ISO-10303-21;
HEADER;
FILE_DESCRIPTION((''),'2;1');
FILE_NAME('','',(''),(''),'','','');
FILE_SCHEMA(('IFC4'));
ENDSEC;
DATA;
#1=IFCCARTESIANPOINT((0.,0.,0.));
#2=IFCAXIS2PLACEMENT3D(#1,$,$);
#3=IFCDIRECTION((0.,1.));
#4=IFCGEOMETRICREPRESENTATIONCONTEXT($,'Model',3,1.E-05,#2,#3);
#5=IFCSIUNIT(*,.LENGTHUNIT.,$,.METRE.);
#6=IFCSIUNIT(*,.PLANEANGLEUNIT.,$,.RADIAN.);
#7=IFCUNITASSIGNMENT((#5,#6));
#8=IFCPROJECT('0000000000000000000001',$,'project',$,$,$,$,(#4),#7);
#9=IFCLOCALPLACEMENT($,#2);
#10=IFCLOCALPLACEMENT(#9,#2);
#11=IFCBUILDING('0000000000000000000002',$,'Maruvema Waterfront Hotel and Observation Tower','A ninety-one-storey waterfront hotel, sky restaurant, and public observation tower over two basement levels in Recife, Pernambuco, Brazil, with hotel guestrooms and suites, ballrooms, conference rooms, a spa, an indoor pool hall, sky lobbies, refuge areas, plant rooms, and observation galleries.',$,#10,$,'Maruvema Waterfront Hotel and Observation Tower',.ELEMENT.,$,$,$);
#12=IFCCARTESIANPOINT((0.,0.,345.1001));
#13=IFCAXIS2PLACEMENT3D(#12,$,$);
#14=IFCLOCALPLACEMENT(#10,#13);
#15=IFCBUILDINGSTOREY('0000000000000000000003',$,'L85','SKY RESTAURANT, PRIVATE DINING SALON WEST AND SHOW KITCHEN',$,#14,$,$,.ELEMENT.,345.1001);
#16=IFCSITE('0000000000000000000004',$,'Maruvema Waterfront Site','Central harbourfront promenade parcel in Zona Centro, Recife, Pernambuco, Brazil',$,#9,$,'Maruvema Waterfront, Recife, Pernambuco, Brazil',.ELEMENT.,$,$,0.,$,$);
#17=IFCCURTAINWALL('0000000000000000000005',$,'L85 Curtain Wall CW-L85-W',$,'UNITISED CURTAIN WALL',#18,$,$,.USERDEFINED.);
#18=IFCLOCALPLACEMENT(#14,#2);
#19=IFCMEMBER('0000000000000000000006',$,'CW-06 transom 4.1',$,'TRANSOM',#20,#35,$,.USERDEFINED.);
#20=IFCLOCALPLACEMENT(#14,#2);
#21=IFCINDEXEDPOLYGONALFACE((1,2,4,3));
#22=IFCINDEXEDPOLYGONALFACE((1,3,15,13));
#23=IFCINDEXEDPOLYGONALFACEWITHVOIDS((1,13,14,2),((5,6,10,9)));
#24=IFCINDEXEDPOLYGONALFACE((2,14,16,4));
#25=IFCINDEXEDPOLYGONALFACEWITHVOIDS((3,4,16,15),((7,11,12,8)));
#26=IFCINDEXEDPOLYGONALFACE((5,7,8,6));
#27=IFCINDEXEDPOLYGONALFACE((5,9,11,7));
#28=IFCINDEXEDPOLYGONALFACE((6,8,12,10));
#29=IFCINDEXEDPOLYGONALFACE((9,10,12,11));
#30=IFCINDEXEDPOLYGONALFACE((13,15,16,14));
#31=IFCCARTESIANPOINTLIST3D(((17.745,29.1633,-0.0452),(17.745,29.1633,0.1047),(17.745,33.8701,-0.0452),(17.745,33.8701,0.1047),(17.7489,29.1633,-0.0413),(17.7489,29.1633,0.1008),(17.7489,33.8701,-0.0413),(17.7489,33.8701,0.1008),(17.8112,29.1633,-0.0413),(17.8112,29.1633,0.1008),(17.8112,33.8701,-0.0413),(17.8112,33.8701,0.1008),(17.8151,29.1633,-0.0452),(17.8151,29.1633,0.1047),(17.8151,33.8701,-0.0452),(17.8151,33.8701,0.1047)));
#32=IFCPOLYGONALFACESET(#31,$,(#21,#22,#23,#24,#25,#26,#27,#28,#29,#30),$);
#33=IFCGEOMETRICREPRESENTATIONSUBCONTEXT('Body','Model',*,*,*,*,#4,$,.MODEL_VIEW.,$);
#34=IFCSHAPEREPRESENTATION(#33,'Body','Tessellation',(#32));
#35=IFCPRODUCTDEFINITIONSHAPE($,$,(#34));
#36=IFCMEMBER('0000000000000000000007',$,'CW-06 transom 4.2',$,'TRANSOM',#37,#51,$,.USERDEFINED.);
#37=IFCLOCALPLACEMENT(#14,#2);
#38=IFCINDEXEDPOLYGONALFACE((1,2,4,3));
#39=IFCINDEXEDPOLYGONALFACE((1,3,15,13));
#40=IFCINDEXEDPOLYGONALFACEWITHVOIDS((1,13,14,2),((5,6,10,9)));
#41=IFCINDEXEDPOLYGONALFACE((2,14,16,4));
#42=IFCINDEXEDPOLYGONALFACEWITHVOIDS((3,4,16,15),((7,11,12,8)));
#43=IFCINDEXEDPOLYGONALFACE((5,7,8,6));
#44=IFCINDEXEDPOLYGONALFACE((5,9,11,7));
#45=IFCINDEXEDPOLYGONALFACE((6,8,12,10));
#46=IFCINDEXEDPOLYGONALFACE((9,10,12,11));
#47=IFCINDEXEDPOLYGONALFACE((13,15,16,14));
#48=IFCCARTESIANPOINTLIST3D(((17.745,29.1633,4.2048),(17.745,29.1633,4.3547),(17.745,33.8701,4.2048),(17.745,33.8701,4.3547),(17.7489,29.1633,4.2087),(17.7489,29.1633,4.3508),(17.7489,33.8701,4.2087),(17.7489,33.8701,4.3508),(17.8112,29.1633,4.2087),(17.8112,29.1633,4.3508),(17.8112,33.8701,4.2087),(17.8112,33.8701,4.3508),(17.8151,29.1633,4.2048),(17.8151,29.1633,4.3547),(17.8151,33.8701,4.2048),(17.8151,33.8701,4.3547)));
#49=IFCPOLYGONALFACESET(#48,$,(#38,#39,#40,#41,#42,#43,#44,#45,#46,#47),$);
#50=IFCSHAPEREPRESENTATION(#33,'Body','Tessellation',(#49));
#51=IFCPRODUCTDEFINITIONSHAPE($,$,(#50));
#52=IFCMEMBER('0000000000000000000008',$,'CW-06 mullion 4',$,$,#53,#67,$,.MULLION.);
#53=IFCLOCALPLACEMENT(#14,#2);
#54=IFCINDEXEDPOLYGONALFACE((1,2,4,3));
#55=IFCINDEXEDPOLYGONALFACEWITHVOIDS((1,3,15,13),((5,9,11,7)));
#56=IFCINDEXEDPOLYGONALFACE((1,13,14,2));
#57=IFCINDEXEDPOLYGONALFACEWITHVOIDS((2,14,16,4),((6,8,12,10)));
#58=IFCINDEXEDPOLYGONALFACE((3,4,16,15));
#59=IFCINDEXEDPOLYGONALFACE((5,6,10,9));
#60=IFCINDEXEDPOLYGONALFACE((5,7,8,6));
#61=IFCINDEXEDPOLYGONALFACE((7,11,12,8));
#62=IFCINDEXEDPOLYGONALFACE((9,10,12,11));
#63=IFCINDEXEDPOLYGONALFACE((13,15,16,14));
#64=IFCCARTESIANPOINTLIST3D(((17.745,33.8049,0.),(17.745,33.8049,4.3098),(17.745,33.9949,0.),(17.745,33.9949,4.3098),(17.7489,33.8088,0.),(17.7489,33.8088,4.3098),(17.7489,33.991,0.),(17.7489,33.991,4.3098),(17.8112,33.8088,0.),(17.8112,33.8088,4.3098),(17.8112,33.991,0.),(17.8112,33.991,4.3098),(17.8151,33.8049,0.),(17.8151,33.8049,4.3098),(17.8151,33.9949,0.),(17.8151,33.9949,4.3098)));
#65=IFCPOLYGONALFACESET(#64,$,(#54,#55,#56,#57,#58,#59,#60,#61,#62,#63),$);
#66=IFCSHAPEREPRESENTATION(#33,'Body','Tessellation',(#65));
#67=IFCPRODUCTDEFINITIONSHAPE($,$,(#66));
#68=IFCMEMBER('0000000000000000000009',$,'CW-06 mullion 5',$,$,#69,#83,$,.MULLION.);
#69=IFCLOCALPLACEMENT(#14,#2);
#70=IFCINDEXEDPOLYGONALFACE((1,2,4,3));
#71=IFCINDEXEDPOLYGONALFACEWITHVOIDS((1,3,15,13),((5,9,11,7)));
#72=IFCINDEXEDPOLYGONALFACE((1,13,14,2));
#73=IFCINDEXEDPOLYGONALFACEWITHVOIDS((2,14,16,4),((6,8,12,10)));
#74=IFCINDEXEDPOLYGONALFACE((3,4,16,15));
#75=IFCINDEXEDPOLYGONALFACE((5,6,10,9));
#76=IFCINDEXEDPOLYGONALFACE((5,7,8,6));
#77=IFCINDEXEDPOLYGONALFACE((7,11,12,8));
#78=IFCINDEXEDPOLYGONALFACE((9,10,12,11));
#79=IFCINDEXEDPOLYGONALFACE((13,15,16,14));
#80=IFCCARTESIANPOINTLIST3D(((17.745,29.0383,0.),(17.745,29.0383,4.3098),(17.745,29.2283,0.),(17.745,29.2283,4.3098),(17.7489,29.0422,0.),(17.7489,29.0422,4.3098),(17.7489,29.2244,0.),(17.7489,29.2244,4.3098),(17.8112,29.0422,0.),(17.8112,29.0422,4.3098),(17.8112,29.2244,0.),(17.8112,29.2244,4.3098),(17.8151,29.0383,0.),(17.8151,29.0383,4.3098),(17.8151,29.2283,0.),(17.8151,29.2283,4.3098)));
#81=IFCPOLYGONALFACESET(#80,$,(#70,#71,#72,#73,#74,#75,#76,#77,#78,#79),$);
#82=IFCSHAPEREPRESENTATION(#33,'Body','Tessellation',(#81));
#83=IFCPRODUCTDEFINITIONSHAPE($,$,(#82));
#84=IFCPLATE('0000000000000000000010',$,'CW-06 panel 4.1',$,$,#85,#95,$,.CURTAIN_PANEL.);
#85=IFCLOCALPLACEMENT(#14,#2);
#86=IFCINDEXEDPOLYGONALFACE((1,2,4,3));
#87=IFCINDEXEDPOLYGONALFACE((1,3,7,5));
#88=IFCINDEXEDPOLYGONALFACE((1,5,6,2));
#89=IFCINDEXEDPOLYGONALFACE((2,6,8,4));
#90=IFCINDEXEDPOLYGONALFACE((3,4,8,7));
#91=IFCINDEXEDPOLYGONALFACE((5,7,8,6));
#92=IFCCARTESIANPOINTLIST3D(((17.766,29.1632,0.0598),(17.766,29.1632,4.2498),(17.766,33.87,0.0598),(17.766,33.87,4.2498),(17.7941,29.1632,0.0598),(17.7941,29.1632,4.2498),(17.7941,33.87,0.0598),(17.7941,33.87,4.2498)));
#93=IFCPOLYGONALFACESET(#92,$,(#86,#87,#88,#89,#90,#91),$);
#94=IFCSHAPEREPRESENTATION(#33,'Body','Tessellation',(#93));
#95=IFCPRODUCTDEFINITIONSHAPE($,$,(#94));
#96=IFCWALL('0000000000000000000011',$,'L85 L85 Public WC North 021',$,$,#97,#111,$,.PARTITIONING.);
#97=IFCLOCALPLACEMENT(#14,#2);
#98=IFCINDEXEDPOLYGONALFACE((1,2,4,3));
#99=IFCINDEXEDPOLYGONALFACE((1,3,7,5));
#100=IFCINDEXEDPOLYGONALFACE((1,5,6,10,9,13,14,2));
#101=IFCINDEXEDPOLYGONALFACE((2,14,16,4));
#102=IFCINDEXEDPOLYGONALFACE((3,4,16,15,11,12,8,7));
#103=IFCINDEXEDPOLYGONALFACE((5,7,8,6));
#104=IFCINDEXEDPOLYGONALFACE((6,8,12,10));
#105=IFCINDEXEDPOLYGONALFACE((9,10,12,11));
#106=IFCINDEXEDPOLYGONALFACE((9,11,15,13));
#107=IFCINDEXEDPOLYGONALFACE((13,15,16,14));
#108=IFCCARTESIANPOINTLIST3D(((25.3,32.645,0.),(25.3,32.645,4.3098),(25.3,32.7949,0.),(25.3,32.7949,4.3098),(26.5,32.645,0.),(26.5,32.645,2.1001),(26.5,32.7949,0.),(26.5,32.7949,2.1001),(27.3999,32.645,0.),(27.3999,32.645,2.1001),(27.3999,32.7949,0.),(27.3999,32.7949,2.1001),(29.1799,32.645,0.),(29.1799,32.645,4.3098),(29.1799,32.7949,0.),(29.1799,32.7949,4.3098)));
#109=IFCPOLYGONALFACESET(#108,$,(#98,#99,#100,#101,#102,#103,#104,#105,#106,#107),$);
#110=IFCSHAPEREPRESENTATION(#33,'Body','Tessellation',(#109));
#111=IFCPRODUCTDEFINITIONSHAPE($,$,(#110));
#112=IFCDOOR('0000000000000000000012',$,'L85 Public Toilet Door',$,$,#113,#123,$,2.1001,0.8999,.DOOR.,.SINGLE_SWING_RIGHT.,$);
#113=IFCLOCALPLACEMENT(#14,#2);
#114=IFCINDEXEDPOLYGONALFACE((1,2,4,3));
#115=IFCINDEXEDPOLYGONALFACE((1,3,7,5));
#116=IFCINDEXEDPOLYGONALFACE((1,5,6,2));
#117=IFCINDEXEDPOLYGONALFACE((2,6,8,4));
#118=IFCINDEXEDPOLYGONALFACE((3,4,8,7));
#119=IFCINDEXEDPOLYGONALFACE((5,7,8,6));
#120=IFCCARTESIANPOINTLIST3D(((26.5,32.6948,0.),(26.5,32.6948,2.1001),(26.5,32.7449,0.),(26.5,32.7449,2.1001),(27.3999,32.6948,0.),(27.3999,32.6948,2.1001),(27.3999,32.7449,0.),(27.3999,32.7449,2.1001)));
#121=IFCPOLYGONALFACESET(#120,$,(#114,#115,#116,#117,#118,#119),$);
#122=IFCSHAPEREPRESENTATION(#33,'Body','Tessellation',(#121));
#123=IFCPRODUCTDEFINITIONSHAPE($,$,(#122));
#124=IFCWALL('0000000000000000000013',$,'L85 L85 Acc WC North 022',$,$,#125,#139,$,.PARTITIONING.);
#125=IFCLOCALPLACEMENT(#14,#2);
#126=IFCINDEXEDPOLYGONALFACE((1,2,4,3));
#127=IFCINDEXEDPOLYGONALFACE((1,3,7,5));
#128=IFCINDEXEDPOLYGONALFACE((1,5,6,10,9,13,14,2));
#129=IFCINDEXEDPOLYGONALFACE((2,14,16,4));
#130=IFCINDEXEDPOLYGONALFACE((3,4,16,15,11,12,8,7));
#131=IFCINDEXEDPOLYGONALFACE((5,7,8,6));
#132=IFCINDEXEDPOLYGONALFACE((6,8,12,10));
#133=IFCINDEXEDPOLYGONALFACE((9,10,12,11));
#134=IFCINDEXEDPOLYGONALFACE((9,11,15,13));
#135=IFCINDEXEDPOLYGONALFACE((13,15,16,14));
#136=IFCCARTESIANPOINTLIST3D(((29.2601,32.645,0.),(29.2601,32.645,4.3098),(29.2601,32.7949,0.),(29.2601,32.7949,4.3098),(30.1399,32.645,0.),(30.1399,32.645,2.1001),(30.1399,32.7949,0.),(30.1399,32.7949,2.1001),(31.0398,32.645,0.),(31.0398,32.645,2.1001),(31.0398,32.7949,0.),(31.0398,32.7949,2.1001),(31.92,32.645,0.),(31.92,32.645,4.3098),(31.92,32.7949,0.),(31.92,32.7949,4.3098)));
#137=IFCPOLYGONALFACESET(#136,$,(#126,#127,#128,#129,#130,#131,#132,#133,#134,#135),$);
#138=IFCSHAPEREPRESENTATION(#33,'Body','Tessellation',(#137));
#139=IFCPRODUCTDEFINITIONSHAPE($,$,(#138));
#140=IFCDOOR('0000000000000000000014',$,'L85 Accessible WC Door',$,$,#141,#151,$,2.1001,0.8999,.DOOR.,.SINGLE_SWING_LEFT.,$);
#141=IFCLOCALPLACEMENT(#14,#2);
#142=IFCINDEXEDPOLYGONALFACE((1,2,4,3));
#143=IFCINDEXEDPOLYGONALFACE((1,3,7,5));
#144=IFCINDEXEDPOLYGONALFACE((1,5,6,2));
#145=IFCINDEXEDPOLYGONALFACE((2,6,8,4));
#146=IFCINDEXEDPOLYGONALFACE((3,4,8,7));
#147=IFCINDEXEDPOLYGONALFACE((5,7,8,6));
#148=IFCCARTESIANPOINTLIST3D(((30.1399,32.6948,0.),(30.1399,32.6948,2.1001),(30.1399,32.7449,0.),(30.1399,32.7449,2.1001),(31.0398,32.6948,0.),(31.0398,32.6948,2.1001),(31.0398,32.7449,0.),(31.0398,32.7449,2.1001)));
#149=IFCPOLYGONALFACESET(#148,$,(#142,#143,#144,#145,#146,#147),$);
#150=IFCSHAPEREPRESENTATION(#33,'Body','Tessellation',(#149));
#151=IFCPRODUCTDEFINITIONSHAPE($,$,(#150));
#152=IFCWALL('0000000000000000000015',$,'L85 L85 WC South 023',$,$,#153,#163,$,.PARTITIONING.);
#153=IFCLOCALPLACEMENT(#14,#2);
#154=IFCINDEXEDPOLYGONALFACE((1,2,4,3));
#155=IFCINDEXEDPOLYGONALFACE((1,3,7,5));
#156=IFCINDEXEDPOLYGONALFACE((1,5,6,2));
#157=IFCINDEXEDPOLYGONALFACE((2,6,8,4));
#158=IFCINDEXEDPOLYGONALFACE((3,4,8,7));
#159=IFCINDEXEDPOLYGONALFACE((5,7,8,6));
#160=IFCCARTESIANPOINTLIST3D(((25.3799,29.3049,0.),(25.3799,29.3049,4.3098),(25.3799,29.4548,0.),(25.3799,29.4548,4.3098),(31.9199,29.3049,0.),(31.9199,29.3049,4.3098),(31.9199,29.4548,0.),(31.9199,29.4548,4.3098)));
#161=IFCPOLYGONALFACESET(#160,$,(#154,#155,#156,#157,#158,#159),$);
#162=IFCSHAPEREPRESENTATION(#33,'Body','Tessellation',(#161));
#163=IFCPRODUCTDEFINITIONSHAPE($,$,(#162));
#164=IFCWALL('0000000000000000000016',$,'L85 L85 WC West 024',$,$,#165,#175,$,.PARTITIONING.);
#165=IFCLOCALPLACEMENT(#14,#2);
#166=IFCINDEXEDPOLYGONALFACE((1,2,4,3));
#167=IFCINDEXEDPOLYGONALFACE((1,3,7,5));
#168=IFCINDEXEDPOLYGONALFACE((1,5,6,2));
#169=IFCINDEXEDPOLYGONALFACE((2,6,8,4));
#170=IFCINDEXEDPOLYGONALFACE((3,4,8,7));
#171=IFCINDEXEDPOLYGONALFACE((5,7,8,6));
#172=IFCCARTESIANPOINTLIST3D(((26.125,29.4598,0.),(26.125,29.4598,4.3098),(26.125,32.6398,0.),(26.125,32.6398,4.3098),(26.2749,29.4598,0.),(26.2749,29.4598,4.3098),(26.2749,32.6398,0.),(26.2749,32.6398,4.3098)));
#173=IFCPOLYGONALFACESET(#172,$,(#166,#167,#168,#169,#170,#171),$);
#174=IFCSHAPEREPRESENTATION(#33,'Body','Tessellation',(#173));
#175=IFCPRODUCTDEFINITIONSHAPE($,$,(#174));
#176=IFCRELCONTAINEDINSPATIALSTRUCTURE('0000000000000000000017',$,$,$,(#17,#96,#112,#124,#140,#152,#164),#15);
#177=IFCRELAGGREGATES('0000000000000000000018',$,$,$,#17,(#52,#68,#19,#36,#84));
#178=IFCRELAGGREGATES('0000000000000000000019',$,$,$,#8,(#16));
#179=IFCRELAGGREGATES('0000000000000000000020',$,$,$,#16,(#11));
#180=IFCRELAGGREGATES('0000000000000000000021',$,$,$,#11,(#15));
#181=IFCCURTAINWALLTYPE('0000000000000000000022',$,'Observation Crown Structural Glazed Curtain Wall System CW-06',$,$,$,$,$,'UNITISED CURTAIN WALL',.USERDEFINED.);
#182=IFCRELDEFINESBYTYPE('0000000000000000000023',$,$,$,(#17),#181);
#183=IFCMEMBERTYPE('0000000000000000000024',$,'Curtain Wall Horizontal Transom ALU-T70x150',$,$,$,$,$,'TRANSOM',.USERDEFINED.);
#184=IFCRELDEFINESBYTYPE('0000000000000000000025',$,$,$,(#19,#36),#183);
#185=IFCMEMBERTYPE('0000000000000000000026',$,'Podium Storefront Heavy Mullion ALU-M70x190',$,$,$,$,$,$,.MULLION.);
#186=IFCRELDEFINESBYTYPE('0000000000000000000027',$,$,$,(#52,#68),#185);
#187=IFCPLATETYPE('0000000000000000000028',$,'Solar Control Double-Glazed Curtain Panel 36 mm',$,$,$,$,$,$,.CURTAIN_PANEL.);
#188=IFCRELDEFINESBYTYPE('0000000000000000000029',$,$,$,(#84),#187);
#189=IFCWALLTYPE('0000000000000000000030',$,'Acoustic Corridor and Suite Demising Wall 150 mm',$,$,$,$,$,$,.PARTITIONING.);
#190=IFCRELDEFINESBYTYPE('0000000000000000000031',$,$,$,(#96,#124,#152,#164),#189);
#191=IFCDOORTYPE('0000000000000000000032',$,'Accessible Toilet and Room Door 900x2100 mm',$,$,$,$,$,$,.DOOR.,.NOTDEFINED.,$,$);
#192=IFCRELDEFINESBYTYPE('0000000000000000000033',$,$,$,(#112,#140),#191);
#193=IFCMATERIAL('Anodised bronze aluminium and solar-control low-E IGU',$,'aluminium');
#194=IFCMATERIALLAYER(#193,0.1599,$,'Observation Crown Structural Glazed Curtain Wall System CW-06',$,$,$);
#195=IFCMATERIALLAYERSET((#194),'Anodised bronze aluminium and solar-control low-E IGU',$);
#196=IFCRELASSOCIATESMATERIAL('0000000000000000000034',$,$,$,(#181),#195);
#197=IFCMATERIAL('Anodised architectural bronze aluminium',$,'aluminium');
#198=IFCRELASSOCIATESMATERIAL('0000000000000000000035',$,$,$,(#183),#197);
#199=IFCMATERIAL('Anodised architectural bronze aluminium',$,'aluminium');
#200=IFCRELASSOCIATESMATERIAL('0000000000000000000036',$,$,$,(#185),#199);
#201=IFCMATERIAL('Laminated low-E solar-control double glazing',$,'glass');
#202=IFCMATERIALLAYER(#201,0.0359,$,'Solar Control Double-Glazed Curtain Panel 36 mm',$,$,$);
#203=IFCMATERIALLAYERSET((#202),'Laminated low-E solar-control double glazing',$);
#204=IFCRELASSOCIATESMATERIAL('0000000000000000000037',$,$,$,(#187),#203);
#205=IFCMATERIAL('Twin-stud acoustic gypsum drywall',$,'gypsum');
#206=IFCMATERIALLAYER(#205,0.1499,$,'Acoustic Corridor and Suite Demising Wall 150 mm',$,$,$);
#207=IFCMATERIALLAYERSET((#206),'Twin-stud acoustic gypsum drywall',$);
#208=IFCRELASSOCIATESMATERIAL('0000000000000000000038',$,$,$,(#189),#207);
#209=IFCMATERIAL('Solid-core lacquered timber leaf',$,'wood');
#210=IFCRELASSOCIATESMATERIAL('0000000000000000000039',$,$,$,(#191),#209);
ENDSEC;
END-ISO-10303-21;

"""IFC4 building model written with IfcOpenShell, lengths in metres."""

from ifc_helpers import new_model, si_unit, direction, frame, frame_2d, origin, origin_2d, place, context, subcontext, project, spatial, rectangle, hollow_rectangle, extrude, material, layer, layer_set, material_profile, profile_set, type_object, element, fill, aggregate, save


model = new_model("IFC4")

# Units and contexts
model_context = context("Model", 3, precision=1e-05, world=origin(), true_north=direction((0.0, 1.0)))
body_context = subcontext(model_context, "Body", "Model", "MODEL_VIEW")
ifc_project = project(units=[si_unit("LENGTHUNIT", "METRE"), si_unit("PLANEANGLEUNIT", "RADIAN")], contexts=[model_context])

# Site, building, storey
site_placement = place(None, origin())
site = spatial("IfcSite", under=ifc_project, at=site_placement, Name="Maruvema Waterfront Site", Description="Central harbourfront promenade parcel in Zona Centro, Recife, Pernambuco, Brazil", LongName="Maruvema Waterfront, Recife, Pernambuco, Brazil", CompositionType="ELEMENT", RefElevation=0.0)
building_placement = place(site_placement, origin())
building = spatial("IfcBuilding", under=site, at=building_placement, Name="Maruvema Waterfront Hotel and Observation Tower", Description="A ninety-one-storey waterfront hotel, sky restaurant, and public observation tower over two basement levels in Recife, Pernambuco, Brazil, with hotel guestrooms and suites, ballrooms, conference rooms, a spa, an indoor pool hall, sky lobbies, refuge areas, plant rooms, and observation galleries.", LongName="Maruvema Waterfront Hotel and Observation Tower", CompositionType="ELEMENT")
storey_placement = place(building_placement, frame((0.0, 0.0, 345.1001)))
storey = spatial("IfcBuildingStorey", under=building, at=storey_placement, Name="L85", Description="SKY RESTAURANT, PRIVATE DINING SALON WEST AND SHOW KITCHEN", CompositionType="ELEMENT", Elevation=345.1001)

# Curtain wall, members, plate
ifc_material_1 = material(Name="Anodised bronze aluminium and solar-control low-E IGU", Category="aluminium")
ifc_layer_1 = layer(ifc_material_1, 0.1599, Name="Observation Crown Structural Glazed Curtain Wall System CW-06")
ifc_layer_set_1 = layer_set([ifc_layer_1], Name="Anodised bronze aluminium and solar-control low-E IGU")
curtain_wall_type = type_object("IfcCurtainWallType", Name="Observation Crown Structural Glazed Curtain Wall System CW-06", ElementType="UNITISED CURTAIN WALL", PredefinedType="USERDEFINED", material=ifc_layer_set_1)
curtain_wall_placement = place(storey_placement, origin())
curtain_wall = element("IfcCurtainWall", 1, at=curtain_wall_placement, inside=storey, type_object=curtain_wall_type, Name="L85 Curtain Wall CW-L85-W", ObjectType="UNITISED CURTAIN WALL", PredefinedType="USERDEFINED")
ifc_material_2 = material(Name="Anodised architectural bronze aluminium", Category="aluminium")
ifc_material_profile_1 = material_profile(ifc_material_2, hollow_rectangle(XDim=0.0701, YDim=0.1499, WallThickness=0.0039, at=origin_2d()), Name="ALU-T70x150")
ifc_profile_set_1 = profile_set([ifc_material_profile_1], Name="Anodised architectural bronze aluminium")
member_type_1 = type_object("IfcMemberType", Name="Curtain Wall Horizontal Transom ALU-T70x150", ElementType="TRANSOM", PredefinedType="USERDEFINED", material=ifc_profile_set_1)
member_1_placement = place(storey_placement, frame((17.78, 33.8701, 0.0298), z_axis=(0.0, -1.0, 0.0), x_axis=(1.0, 0.0, 0.0)))
member_1 = element("IfcMember", 2, at=member_1_placement, type_object=member_type_1, Name="CW-06 transom 4.1", ObjectType="TRANSOM", PredefinedType="USERDEFINED", context=body_context, shape_type="SweptSolid", body=[
    extrude(hollow_rectangle(XDim=0.0701, YDim=0.1499, WallThickness=0.0039, at=origin_2d()), origin(), (0.0, 0.0, 1.0), 4.7068),
])
member_2_placement = place(storey_placement, frame((17.78, 33.8701, 4.2798), z_axis=(0.0, -1.0, 0.0), x_axis=(1.0, 0.0, 0.0)))
member_2 = element("IfcMember", 3, at=member_2_placement, type_object=member_type_1, Name="CW-06 transom 4.2", ObjectType="TRANSOM", PredefinedType="USERDEFINED", context=body_context, shape_type="SweptSolid", body=[
    extrude(hollow_rectangle(XDim=0.0701, YDim=0.1499, WallThickness=0.0039, at=origin_2d()), origin(), (0.0, 0.0, 1.0), 4.7068),
])
ifc_material_3 = material(Name="Anodised architectural bronze aluminium", Category="aluminium")
ifc_material_profile_2 = material_profile(ifc_material_3, hollow_rectangle(XDim=0.0701, YDim=0.1899, WallThickness=0.0039, at=origin_2d()), Name="ALU-M70x190")
ifc_profile_set_2 = profile_set([ifc_material_profile_2], Name="Anodised architectural bronze aluminium")
member_type_2 = type_object("IfcMemberType", Name="Podium Storefront Heavy Mullion ALU-M70x190", PredefinedType="MULLION", material=ifc_profile_set_2)
member_3_placement = place(storey_placement, frame((17.78, 33.8999, 0.0), z_axis=(0.0, 0.0, 1.0), x_axis=(1.0, 0.0, 0.0)))
member_3 = element("IfcMember", 4, at=member_3_placement, type_object=member_type_2, Name="CW-06 mullion 4", PredefinedType="MULLION", context=body_context, shape_type="SweptSolid", body=[
    extrude(hollow_rectangle(XDim=0.0701, YDim=0.1899, WallThickness=0.0039, at=origin_2d()), origin(), (0.0, 0.0, 1.0), 4.3098),
])
member_4_placement = place(storey_placement, frame((17.78, 29.1333, 0.0), z_axis=(0.0, 0.0, 1.0), x_axis=(1.0, 0.0, 0.0)))
member_4 = element("IfcMember", 5, at=member_4_placement, type_object=member_type_2, Name="CW-06 mullion 5", PredefinedType="MULLION", context=body_context, shape_type="SweptSolid", body=[
    extrude(hollow_rectangle(XDim=0.0701, YDim=0.1899, WallThickness=0.0039, at=origin_2d()), origin(), (0.0, 0.0, 1.0), 4.3098),
])
ifc_material_4 = material(Name="Laminated low-E solar-control double glazing", Category="glass")
ifc_layer_2 = layer(ifc_material_4, 0.0359, Name="Solar Control Double-Glazed Curtain Panel 36 mm")
ifc_layer_set_2 = layer_set([ifc_layer_2], Name="Laminated low-E solar-control double glazing")
plate_type = type_object("IfcPlateType", Name="Solar Control Double-Glazed Curtain Panel 36 mm", PredefinedType="CURTAIN_PANEL", material=ifc_layer_set_2)
plate_placement = place(storey_placement, frame((17.78, 31.5166, 0.0598), z_axis=(0.0, 0.0, 1.0), x_axis=(0.0, -1.0, 0.0)))
plate = element("IfcPlate", 6, at=plate_placement, type_object=plate_type, Name="CW-06 panel 4.1", PredefinedType="CURTAIN_PANEL", context=body_context, shape_type="SweptSolid", body=[
    extrude(rectangle(XDim=4.7068, YDim=0.0281, at=origin_2d()), origin(), (0.0, 0.0, 1.0), 4.1899),
])
aggregate(curtain_wall, [member_3, member_4, member_1, member_2, plate])

# Walls, openings, doors
ifc_material_5 = material(Name="Twin-stud acoustic gypsum drywall", Category="gypsum")
ifc_layer_3 = layer(ifc_material_5, 0.1499, Name="Acoustic Corridor and Suite Demising Wall 150 mm")
ifc_layer_set_3 = layer_set([ifc_layer_3], Name="Twin-stud acoustic gypsum drywall")
wall_type_1 = type_object("IfcWallType", Name="Acoustic Corridor and Suite Demising Wall 150 mm", PredefinedType="PARTITIONING", material=ifc_layer_set_3)
wall_1_placement = place(storey_placement, frame((25.3, 32.72, 0.0), z_axis=(0.0, 0.0, 1.0), x_axis=(1.0, 0.0, 0.0)))
wall_1 = element("IfcWall", 7, at=wall_1_placement, inside=storey, type_object=wall_type_1, Name="L85 L85 Public WC North 021", PredefinedType="PARTITIONING", context=body_context, shape_type="SweptSolid", body=[
    extrude(rectangle(XDim=3.8799, YDim=0.1499, at=frame_2d((1.9399, 0.0))), origin(), (0.0, 0.0, 1.0), 4.3098),
])
opening_1_placement = place(wall_1_placement, frame((1.2, 0.0, 0.0)))
opening_1 = element("IfcOpeningElement", 8, at=opening_1_placement, cuts=wall_1, PredefinedType="OPENING", context=body_context, shape_type="SweptSolid", body=[
    extrude(rectangle(XDim=0.8999, YDim=2.1001, at=frame_2d((0.45, 1.05))), frame((0.0, 0.085, 0.0), z_axis=(0.0, -1.0, 0.0), x_axis=(1.0, 0.0, 0.0)), (0.0, 0.0, 1.0), 0.1699),
])
ifc_material_6 = material(Name="Solid-core lacquered timber leaf", Category="wood")
door_type_1 = type_object("IfcDoorType", Name="Accessible Toilet and Room Door 900x2100 mm", OperationType="NOTDEFINED", PredefinedType="DOOR", material=ifc_material_6)
door_1_placement = place(opening_1_placement, origin())
door_1 = element("IfcDoor", 9, at=door_1_placement, inside=storey, type_object=door_type_1, Name="L85 Public Toilet Door", OperationType="SINGLE_SWING_RIGHT", OverallHeight=2.1001, OverallWidth=0.8999, PredefinedType="DOOR", context=body_context, shape_type="SweptSolid", body=[
    extrude(rectangle(XDim=0.8999, YDim=2.1001, at=frame_2d((0.45, 1.05))), frame((0.0, 0.0249, 0.0), z_axis=(0.0, -1.0, 0.0), x_axis=(1.0, 0.0, 0.0)), (0.0, 0.0, 1.0), 0.05),
])
fill(opening_1, door_1)
wall_2_placement = place(storey_placement, frame((29.26, 32.72, 0.0), z_axis=(0.0, 0.0, 1.0), x_axis=(1.0, 0.0, 0.0)))
wall_2 = element("IfcWall", 10, at=wall_2_placement, inside=storey, type_object=wall_type_1, Name="L85 L85 Acc WC North 022", PredefinedType="PARTITIONING", context=body_context, shape_type="SweptSolid", body=[
    extrude(rectangle(XDim=2.6599, YDim=0.1499, at=frame_2d((1.3301, 0.0))), origin(), (0.0, 0.0, 1.0), 4.3098),
])
opening_2_placement = place(wall_2_placement, frame((0.8799, 0.0, 0.0)))
opening_2 = element("IfcOpeningElement", 11, at=opening_2_placement, cuts=wall_2, PredefinedType="OPENING", context=body_context, shape_type="SweptSolid", body=[
    extrude(rectangle(XDim=0.8999, YDim=2.1001, at=frame_2d((0.45, 1.05))), frame((0.0, 0.085, 0.0), z_axis=(0.0, -1.0, 0.0), x_axis=(1.0, 0.0, 0.0)), (0.0, 0.0, 1.0), 0.1699),
])
door_2_placement = place(opening_2_placement, origin())
door_2 = element("IfcDoor", 12, at=door_2_placement, inside=storey, type_object=door_type_1, Name="L85 Accessible WC Door", OperationType="SINGLE_SWING_LEFT", OverallHeight=2.1001, OverallWidth=0.8999, PredefinedType="DOOR", context=body_context, shape_type="SweptSolid", body=[
    extrude(rectangle(XDim=0.8999, YDim=2.1001, at=frame_2d((0.45, 1.05))), frame((0.0, 0.0249, 0.0), z_axis=(0.0, -1.0, 0.0), x_axis=(1.0, 0.0, 0.0)), (0.0, 0.0, 1.0), 0.05),
])
fill(opening_2, door_2)

# Walls
wall_3_placement = place(storey_placement, frame((25.3799, 29.3799, 0.0), z_axis=(0.0, 0.0, 1.0), x_axis=(1.0, 0.0, 0.0)))
element("IfcWall", 13, at=wall_3_placement, inside=storey, type_object=wall_type_1, Name="L85 L85 WC South 023", PredefinedType="PARTITIONING", context=body_context, shape_type="SweptSolid", body=[
    extrude(rectangle(XDim=6.54, YDim=0.1499, at=frame_2d((3.27, 0.0))), origin(), (0.0, 0.0, 1.0), 4.3098),
])
wall_4_placement = place(storey_placement, frame((26.2, 29.46, 0.0), z_axis=(0.0, 0.0, 1.0), x_axis=(0.0, 1.0, 0.0)))
element("IfcWall", 14, at=wall_4_placement, inside=storey, type_object=wall_type_1, Name="L85 L85 WC West 024", PredefinedType="PARTITIONING", context=body_context, shape_type="SweptSolid", body=[
    extrude(rectangle(XDim=3.1799, YDim=0.1499, at=frame_2d((1.5898, 0.0))), origin(), (0.0, 0.0, 1.0), 4.3098),
])

save(model, "model.ifc")
